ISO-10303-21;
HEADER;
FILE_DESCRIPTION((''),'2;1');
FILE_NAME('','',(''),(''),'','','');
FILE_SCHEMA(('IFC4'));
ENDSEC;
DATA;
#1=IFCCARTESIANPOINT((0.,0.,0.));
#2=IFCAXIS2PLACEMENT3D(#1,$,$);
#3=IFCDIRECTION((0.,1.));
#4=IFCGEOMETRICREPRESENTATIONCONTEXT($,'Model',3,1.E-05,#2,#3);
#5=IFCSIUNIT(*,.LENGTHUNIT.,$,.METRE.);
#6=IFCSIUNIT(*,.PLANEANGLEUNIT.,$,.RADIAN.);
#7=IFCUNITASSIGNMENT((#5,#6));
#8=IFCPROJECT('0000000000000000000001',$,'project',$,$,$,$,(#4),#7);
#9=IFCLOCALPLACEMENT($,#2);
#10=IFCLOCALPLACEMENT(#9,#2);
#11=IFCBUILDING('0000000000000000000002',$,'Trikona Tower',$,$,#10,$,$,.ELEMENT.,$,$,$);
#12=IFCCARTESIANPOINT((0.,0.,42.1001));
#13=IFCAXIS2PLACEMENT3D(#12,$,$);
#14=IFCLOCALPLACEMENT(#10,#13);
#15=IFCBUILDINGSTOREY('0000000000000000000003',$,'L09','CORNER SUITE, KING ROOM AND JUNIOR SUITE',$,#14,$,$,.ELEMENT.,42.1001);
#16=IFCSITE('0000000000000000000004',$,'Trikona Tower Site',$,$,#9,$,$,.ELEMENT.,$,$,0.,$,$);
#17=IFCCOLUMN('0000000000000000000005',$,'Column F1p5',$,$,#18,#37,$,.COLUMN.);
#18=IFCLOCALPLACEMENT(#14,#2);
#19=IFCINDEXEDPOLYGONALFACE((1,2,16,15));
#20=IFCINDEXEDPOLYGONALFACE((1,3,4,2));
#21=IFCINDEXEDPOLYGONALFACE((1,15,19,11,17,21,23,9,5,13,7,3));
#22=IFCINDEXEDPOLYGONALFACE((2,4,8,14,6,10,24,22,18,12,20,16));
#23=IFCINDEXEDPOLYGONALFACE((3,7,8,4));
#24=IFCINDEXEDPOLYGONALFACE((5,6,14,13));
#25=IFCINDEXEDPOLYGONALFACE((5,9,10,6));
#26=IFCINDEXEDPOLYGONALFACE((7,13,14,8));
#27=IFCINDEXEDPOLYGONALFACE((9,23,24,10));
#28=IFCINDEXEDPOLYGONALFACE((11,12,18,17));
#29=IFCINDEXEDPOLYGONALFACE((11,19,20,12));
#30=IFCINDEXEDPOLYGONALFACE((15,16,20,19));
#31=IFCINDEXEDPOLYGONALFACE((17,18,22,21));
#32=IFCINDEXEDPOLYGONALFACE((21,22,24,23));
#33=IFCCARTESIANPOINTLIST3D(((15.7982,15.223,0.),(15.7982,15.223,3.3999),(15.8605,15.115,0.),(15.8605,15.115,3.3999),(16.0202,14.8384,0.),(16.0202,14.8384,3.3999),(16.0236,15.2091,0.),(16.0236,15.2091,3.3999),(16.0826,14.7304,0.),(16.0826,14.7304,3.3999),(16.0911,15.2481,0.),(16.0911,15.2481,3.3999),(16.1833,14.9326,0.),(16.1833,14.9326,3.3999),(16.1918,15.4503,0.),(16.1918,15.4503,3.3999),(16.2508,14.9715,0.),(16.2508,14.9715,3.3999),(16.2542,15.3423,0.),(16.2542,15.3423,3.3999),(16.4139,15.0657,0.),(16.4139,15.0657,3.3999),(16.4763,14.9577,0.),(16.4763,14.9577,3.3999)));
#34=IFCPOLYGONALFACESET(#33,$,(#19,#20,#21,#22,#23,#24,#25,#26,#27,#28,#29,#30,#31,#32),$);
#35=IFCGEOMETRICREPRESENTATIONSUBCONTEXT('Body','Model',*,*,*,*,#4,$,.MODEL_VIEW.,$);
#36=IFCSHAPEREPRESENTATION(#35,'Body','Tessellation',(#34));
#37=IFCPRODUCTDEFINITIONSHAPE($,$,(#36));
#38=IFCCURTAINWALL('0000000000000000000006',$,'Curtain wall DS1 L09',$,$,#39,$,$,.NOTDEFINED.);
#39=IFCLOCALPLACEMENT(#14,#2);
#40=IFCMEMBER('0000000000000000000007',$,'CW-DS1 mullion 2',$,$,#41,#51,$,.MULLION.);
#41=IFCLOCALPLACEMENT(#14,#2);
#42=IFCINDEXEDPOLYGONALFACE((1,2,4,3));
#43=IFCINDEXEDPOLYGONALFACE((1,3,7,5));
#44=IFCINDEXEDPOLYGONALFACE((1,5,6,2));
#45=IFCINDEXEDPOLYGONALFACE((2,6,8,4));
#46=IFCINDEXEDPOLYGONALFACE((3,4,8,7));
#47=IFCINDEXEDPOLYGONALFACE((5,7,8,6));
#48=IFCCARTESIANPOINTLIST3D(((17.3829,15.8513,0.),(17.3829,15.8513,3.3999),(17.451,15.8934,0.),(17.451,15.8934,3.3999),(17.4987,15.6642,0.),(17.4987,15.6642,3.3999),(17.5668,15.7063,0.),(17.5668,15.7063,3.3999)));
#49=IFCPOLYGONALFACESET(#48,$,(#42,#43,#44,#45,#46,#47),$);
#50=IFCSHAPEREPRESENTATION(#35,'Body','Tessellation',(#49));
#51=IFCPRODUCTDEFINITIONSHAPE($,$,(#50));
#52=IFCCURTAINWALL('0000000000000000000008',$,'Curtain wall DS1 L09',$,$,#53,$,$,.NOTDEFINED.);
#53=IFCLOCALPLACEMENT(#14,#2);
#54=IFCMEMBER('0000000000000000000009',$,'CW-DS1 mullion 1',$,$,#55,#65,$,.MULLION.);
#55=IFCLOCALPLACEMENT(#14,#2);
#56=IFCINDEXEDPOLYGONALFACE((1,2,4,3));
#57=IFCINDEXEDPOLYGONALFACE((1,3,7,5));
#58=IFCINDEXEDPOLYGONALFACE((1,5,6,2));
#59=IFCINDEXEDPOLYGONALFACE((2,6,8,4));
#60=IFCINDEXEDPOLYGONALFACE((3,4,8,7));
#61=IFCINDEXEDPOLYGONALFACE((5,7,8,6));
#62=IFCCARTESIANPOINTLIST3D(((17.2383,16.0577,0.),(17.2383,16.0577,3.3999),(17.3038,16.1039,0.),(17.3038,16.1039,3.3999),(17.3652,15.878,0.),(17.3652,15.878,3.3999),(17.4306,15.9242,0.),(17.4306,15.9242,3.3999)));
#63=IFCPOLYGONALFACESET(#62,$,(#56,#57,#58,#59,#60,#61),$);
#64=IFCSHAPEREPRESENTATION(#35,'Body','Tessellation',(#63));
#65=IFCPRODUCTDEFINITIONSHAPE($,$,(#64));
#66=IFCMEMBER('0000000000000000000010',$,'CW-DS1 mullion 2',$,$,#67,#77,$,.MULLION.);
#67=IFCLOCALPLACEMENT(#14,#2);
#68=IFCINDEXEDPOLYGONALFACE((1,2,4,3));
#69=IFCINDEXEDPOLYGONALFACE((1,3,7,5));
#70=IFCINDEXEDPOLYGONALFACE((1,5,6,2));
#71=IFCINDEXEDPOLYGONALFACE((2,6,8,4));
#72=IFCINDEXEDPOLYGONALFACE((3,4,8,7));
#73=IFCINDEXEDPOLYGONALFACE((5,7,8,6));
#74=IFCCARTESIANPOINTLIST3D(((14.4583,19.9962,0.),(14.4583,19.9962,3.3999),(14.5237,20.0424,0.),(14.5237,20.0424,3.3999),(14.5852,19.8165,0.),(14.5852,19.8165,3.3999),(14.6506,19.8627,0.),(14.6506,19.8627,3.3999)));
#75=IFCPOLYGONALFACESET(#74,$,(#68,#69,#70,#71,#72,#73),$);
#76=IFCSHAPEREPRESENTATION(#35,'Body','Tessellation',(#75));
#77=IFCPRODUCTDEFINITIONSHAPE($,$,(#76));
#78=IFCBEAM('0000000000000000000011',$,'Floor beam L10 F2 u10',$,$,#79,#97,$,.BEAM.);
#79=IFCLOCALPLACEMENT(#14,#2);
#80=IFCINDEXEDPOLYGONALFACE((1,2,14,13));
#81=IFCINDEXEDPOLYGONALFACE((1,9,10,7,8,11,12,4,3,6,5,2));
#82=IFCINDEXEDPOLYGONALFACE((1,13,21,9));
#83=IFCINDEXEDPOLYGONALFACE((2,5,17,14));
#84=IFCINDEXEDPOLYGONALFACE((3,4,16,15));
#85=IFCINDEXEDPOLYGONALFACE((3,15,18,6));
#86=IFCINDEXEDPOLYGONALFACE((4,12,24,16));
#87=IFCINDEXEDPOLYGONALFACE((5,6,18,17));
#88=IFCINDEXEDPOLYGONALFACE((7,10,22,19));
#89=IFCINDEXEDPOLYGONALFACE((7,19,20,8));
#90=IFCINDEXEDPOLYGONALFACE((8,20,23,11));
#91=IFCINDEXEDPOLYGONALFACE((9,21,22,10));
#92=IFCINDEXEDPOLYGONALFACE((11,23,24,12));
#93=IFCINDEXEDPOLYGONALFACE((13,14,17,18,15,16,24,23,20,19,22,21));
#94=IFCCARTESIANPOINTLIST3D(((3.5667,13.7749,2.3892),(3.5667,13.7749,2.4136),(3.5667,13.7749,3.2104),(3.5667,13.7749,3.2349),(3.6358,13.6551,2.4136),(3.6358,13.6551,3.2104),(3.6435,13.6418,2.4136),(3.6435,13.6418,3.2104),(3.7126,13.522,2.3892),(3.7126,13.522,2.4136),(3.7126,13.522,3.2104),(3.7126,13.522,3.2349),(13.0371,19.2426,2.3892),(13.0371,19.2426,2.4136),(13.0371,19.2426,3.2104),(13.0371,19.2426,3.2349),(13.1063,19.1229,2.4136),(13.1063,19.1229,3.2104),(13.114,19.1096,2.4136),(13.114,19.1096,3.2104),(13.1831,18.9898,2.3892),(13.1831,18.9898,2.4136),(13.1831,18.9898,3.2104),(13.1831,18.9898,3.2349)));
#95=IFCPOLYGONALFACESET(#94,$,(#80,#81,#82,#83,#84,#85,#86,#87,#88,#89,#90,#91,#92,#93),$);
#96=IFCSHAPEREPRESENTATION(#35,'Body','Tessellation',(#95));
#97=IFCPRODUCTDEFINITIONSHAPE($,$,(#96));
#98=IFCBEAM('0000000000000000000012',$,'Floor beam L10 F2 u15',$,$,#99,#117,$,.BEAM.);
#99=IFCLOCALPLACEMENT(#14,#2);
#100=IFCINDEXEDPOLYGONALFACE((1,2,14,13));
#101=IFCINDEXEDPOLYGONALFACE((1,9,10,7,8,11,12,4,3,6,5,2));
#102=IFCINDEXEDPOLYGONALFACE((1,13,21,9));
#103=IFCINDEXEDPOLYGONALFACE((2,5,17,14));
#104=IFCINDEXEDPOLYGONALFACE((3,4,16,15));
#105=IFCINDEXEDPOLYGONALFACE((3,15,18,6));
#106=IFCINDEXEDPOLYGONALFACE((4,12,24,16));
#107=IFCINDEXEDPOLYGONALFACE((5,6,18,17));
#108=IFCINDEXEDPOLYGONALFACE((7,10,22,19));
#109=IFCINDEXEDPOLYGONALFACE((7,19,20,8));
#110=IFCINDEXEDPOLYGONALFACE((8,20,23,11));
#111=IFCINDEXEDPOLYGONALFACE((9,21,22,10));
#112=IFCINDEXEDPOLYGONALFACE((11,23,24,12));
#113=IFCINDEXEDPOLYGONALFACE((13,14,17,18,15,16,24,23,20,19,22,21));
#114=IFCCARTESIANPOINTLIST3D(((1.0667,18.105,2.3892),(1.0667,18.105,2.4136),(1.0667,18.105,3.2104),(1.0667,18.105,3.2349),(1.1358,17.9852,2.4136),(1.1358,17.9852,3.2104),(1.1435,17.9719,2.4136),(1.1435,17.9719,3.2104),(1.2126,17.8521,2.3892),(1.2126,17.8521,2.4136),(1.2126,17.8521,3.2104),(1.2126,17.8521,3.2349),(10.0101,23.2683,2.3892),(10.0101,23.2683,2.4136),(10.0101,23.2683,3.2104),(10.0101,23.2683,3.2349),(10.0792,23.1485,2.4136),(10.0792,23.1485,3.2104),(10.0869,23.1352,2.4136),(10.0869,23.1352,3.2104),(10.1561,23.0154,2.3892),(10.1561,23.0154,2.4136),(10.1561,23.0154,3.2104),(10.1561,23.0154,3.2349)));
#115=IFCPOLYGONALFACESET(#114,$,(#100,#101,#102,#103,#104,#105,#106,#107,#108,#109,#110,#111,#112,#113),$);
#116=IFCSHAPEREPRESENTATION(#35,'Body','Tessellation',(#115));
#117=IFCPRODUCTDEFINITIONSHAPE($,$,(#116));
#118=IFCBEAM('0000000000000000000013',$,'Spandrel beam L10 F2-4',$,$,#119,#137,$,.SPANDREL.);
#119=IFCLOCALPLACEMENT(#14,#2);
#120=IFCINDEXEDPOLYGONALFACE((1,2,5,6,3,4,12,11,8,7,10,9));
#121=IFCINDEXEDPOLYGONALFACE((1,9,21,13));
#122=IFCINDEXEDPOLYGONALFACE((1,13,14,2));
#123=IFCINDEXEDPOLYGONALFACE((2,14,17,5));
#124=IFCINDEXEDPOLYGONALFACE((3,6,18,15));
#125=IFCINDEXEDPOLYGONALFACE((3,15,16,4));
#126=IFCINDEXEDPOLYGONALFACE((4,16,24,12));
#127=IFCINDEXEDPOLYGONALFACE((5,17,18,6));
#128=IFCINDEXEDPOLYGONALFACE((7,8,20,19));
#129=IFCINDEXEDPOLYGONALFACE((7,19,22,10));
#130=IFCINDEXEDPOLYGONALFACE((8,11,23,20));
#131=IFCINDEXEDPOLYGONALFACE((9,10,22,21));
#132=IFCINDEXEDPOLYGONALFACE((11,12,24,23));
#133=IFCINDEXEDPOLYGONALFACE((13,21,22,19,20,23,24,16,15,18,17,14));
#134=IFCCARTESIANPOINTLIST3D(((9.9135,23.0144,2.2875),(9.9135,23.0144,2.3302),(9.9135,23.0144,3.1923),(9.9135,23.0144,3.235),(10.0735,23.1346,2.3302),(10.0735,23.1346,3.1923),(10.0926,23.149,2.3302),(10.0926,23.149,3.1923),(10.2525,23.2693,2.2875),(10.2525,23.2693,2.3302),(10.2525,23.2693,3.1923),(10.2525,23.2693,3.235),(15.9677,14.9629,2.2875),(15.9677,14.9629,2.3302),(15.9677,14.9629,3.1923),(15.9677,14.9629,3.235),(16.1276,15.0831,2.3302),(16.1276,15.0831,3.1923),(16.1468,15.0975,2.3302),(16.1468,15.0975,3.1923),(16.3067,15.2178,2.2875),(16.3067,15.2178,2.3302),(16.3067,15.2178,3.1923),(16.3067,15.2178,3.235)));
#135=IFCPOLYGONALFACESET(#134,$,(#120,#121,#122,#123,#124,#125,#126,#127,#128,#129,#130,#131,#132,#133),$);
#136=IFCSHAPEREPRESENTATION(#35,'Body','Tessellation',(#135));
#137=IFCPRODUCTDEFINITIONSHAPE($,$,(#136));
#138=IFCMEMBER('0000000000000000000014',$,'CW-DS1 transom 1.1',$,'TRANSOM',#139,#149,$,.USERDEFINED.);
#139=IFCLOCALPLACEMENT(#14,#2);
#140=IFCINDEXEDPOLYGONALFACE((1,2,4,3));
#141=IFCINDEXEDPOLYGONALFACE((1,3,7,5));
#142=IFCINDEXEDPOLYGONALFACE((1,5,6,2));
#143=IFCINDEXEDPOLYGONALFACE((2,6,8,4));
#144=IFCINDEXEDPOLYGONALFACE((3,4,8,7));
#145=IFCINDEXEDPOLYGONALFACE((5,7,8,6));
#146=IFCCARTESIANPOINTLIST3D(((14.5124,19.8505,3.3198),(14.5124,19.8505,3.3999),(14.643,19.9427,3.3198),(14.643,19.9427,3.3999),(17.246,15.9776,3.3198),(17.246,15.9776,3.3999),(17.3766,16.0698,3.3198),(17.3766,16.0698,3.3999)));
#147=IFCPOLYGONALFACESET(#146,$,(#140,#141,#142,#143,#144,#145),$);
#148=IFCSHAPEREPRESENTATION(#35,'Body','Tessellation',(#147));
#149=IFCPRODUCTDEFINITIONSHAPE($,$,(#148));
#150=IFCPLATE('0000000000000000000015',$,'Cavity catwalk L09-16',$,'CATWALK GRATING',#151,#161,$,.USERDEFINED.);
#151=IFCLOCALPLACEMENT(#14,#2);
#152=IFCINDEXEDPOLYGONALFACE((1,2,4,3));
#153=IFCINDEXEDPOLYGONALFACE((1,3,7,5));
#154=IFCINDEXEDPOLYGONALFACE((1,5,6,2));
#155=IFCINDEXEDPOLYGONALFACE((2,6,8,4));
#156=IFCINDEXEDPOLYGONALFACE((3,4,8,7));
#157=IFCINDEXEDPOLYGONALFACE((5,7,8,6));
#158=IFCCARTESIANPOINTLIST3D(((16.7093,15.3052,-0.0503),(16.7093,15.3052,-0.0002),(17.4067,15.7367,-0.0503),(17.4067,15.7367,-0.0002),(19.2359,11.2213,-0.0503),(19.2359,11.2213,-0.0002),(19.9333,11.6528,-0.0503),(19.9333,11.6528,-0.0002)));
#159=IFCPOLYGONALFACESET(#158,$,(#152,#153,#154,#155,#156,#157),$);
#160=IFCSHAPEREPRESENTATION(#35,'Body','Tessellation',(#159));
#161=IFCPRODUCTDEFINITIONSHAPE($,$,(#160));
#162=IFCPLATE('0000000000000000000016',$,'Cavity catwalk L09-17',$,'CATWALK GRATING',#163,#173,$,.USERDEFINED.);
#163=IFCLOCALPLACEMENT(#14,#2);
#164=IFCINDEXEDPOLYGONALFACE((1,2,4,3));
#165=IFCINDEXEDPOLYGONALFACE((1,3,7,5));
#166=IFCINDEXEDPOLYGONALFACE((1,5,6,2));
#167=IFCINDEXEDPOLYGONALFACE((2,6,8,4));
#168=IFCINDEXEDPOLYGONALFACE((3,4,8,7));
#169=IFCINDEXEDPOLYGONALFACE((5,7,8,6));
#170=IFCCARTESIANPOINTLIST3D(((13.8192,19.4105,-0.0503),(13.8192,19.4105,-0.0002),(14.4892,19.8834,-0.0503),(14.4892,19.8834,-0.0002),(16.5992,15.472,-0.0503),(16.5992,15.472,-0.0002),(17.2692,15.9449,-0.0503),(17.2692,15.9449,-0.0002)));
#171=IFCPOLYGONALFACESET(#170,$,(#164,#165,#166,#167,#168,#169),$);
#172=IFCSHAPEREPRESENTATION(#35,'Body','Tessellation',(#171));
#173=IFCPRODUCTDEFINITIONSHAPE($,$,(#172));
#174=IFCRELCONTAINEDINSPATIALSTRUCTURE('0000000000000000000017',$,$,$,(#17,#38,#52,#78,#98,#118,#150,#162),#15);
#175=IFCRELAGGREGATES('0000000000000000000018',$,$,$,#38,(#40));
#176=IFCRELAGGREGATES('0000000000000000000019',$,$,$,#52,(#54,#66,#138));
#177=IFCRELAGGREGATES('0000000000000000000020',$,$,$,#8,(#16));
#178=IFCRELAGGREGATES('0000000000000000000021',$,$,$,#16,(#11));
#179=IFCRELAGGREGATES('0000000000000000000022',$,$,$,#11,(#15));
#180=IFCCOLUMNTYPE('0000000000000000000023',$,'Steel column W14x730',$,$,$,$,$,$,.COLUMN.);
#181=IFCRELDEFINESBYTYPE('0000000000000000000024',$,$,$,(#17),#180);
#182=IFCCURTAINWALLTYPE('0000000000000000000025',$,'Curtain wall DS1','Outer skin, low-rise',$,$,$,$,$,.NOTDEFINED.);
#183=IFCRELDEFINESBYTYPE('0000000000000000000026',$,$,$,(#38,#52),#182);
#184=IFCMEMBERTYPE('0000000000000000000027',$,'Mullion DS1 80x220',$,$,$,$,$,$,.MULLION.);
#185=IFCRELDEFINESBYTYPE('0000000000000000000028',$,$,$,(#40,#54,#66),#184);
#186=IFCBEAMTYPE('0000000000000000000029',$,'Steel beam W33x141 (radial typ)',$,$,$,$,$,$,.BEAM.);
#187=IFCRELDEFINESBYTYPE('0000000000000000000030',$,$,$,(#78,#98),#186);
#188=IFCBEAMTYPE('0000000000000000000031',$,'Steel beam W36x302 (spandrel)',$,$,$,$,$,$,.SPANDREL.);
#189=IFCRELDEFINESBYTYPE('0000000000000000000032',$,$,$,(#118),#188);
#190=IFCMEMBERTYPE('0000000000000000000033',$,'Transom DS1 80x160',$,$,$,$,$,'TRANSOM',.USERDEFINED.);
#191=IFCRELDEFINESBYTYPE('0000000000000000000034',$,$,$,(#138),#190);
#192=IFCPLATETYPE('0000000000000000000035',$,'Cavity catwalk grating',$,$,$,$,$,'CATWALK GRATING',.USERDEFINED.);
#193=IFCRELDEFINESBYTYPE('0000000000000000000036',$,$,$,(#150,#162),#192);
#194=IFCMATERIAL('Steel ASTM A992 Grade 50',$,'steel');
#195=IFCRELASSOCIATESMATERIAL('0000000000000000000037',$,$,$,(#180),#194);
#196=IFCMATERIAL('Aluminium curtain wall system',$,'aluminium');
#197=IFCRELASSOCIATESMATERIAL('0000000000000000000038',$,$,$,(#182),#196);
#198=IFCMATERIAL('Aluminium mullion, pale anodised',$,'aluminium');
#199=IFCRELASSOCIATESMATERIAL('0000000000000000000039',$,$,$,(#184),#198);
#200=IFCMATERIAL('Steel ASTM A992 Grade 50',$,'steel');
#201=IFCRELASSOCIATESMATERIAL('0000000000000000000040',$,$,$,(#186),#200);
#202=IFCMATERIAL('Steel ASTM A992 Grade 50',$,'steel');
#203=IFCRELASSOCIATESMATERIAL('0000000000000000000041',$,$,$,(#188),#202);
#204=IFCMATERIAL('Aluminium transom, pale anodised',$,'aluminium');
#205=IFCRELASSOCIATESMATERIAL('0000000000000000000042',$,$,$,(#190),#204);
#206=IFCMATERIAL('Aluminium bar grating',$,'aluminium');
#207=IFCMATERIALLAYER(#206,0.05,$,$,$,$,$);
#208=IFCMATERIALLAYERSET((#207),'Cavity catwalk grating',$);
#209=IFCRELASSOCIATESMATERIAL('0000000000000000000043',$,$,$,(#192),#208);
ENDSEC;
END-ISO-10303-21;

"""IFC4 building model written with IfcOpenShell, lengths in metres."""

from ifc_helpers import new_model, si_unit, direction, frame, origin, origin_2d, place, context, subcontext, project, spatial, rectangle, i_section, extrude, material, layer, layer_set, material_profile, profile_set, type_object, element, aggregate, save


model = new_model("IFC4")

# Units and contexts
model_context = context("Model", 3, precision=1e-05, world=origin(), true_north=direction((0.0, 1.0)))
body_context = subcontext(model_context, "Body", "Model", "MODEL_VIEW")
ifc_project = project(units=[si_unit("LENGTHUNIT", "METRE"), si_unit("PLANEANGLEUNIT", "RADIAN")], contexts=[model_context])

# Site, building, storey
site_placement = place(None, origin())
site = spatial("IfcSite", under=ifc_project, at=site_placement, Name="Trikona Tower Site", CompositionType="ELEMENT", RefElevation=0.0)
building_placement = place(site_placement, origin())
building = spatial("IfcBuilding", under=site, at=building_placement, Name="Trikona Tower", CompositionType="ELEMENT")
storey_placement = place(building_placement, frame((0.0, 0.0, 42.1001)))
storey = spatial("IfcBuildingStorey", under=building, at=storey_placement, Name="L09", Description="CORNER SUITE, KING ROOM AND JUNIOR SUITE", CompositionType="ELEMENT", Elevation=42.1001)

# Column
ifc_material_1 = material(Name="Steel ASTM A992 Grade 50", Category="steel")
ifc_material_profile_1 = material_profile(ifc_material_1, i_section(OverallWidth=0.4546, OverallDepth=0.5688, WebThickness=0.0779, FlangeThickness=0.1248, at=origin_2d()), Name="W14X730")
ifc_profile_set_1 = profile_set([ifc_material_profile_1], Name="Steel ASTM A992 Grade 50")
column_type = type_object("IfcColumnType", Name="Steel column W14x730", PredefinedType="COLUMN", material=ifc_profile_set_1)
column_placement = place(storey_placement, frame((16.1372, 15.0903, 0.0), z_axis=(0.0, 0.0, 1.0), x_axis=(0.866025, 0.5, 0.0)))
element("IfcColumn", 1, at=column_placement, inside=storey, type_object=column_type, Name="Column F1p5", PredefinedType="COLUMN", context=body_context, shape_type="SweptSolid", body=[
    extrude(i_section(OverallWidth=0.4546, OverallDepth=0.5688, WebThickness=0.0779, FlangeThickness=0.1248, at=origin_2d()), origin(), (0.0, 0.0, 1.0), 3.3999),
])

# Curtain wall, member
ifc_material_2 = material(Name="Aluminium curtain wall system", Category="aluminium")
curtain_wall_type = type_object("IfcCurtainWallType", Name="Curtain wall DS1", Description="Outer skin, low-rise", PredefinedType="NOTDEFINED", material=ifc_material_2)
curtain_wall_1_placement = place(storey_placement, origin())
curtain_wall_1 = element("IfcCurtainWall", 2, at=curtain_wall_1_placement, inside=storey, type_object=curtain_wall_type, Name="Curtain wall DS1 L09", PredefinedType="NOTDEFINED")
ifc_material_3 = material(Name="Aluminium mullion, pale anodised", Category="aluminium")
ifc_material_profile_2 = material_profile(ifc_material_3, rectangle(XDim=0.0801, YDim=0.22, at=origin_2d()), Name="MUL-DS1")
ifc_profile_set_2 = profile_set([ifc_material_profile_2], Name="Aluminium mullion, pale anodised")
member_type_1 = type_object("IfcMemberType", Name="Mullion DS1 80x220", PredefinedType="MULLION", material=ifc_profile_set_2)
member_1_placement = place(storey_placement, frame((17.4749, 15.7788, 0.0), z_axis=(0.0, 0.0, 1.0), x_axis=(-0.85041, -0.52612, 0.0)))
member_1 = element("IfcMember", 3, at=member_1_placement, type_object=member_type_1, Name="CW-DS1 mullion 2", PredefinedType="MULLION", context=body_context, shape_type="SweptSolid", body=[
    extrude(rectangle(XDim=0.0801, YDim=0.22, at=origin_2d()), origin(), (0.0, 0.0, 1.0), 3.3999),
])

# Curtain wall, members
curtain_wall_2_placement = place(storey_placement, origin())
curtain_wall_2 = element("IfcCurtainWall", 4, at=curtain_wall_2_placement, inside=storey, type_object=curtain_wall_type, Name="Curtain wall DS1 L09", PredefinedType="NOTDEFINED")
member_2_placement = place(storey_placement, frame((17.3345, 15.991, 0.0), z_axis=(0.0, 0.0, 1.0), x_axis=(-0.816985, -0.576658, 0.0)))
member_2 = element("IfcMember", 5, at=member_2_placement, type_object=member_type_1, Name="CW-DS1 mullion 1", PredefinedType="MULLION", context=body_context, shape_type="SweptSolid", body=[
    extrude(rectangle(XDim=0.0801, YDim=0.22, at=origin_2d()), origin(), (0.0, 0.0, 1.0), 3.3999),
])
member_3_placement = place(storey_placement, frame((14.5544, 19.9294, 0.0), z_axis=(0.0, 0.0, 1.0), x_axis=(-0.816985, -0.576658, 0.0)))
member_3 = element("IfcMember", 6, at=member_3_placement, type_object=member_type_1, Name="CW-DS1 mullion 2", PredefinedType="MULLION", context=body_context, shape_type="SweptSolid", body=[
    extrude(rectangle(XDim=0.0801, YDim=0.22, at=origin_2d()), origin(), (0.0, 0.0, 1.0), 3.3999),
])

# Beams
ifc_material_4 = material(Name="Steel ASTM A992 Grade 50", Category="steel")
ifc_material_profile_3 = material_profile(ifc_material_4, i_section(OverallWidth=0.292, OverallDepth=0.8457, WebThickness=0.0154, FlangeThickness=0.0244, at=origin_2d()), Name="W33X141")
ifc_profile_set_3 = profile_set([ifc_material_profile_3], Name="Steel ASTM A992 Grade 50")
beam_type_1 = type_object("IfcBeamType", Name="Steel beam W33x141 (radial typ)", PredefinedType="BEAM", material=ifc_profile_set_3)
beam_1_placement = place(storey_placement, frame((3.6396, 13.6484, 2.812), z_axis=(0.866025, 0.5, 0.0), x_axis=(-0.5, 0.866025, 0.0)))
element("IfcBeam", 7, at=beam_1_placement, inside=storey, type_object=beam_type_1, Name="Floor beam L10 F2 u10", PredefinedType="BEAM", context=body_context, shape_type="SweptSolid", body=[
    extrude(i_section(OverallWidth=0.292, OverallDepth=0.8457, WebThickness=0.0154, FlangeThickness=0.0244, at=origin_2d()), origin(), (0.0, 0.0, 1.0), 10.9355),
])
beam_2_placement = place(storey_placement, frame((1.1396, 17.9785, 2.812), z_axis=(0.86603, 0.499991, 0.0), x_axis=(-0.499991, 0.86603, 0.0)))
element("IfcBeam", 8, at=beam_2_placement, inside=storey, type_object=beam_type_1, Name="Floor beam L10 F2 u15", PredefinedType="BEAM", context=body_context, shape_type="SweptSolid", body=[
    extrude(i_section(OverallWidth=0.292, OverallDepth=0.8457, WebThickness=0.0154, FlangeThickness=0.0244, at=origin_2d()), origin(), (0.0, 0.0, 1.0), 10.3269),
])
ifc_material_5 = material(Name="Steel ASTM A992 Grade 50", Category="steel")
ifc_material_profile_4 = material_profile(ifc_material_5, i_section(OverallWidth=0.4241, OverallDepth=0.9475, WebThickness=0.0239, FlangeThickness=0.0427, at=origin_2d()), Name="W36X302")
ifc_profile_set_4 = profile_set([ifc_material_profile_4], Name="Steel ASTM A992 Grade 50")
beam_type_2 = type_object("IfcBeamType", Name="Steel beam W36x302 (spandrel)", PredefinedType="SPANDREL", material=ifc_profile_set_4)
beam_3_placement = place(storey_placement, frame((16.1372, 15.0903, 2.7612), z_axis=(-0.600988, 0.799258, 0.0), x_axis=(-0.799258, -0.600988, 0.0)))
element("IfcBeam", 9, at=beam_3_placement, inside=storey, type_object=beam_type_2, Name="Spandrel beam L10 F2-4", PredefinedType="SPANDREL", context=body_context, shape_type="SweptSolid", body=[
    extrude(i_section(OverallWidth=0.4241, OverallDepth=0.9475, WebThickness=0.0239, FlangeThickness=0.0427, at=origin_2d()), origin(), (0.0, 0.0, 1.0), 10.0737),
])

# Member
ifc_material_6 = material(Name="Aluminium transom, pale anodised", Category="aluminium")
ifc_material_profile_5 = material_profile(ifc_material_6, rectangle(XDim=0.1599, YDim=0.0801, at=origin_2d()), Name="TRN-DS1")
ifc_profile_set_5 = profile_set([ifc_material_profile_5], Name="Aluminium transom, pale anodised")
member_type_2 = type_object("IfcMemberType", Name="Transom DS1 80x160", ElementType="TRANSOM", PredefinedType="USERDEFINED", material=ifc_profile_set_5)
member_4_placement = place(storey_placement, frame((17.3113, 16.0237, 3.3599), z_axis=(-0.576645, 0.816995, 0.0), x_axis=(-0.816995, -0.576645, 0.0)))
member_4 = element("IfcMember", 10, at=member_4_placement, type_object=member_type_2, Name="CW-DS1 transom 1.1", ObjectType="TRANSOM", PredefinedType="USERDEFINED", context=body_context, shape_type="SweptSolid", body=[
    extrude(rectangle(XDim=0.1599, YDim=0.0801, at=origin_2d()), origin(), (0.0, 0.0, 1.0), 4.7405),
])

# Plates
ifc_material_7 = material(Name="Aluminium bar grating", Category="aluminium")
ifc_layer_1 = layer(ifc_material_7, 0.05)
ifc_layer_set_1 = layer_set([ifc_layer_1], Name="Cavity catwalk grating")
plate_type_1 = type_object("IfcPlateType", Name="Cavity catwalk grating", ElementType="CATWALK GRATING", PredefinedType="USERDEFINED", material=ifc_layer_set_1)
plate_1_placement = place(storey_placement, frame((18.3213, 13.479, -0.0503), z_axis=(0.0, 0.0, 1.0), x_axis=(-0.526119, 0.850411, 0.0)))
element("IfcPlate", 11, at=plate_1_placement, inside=storey, type_object=plate_type_1, Name="Cavity catwalk L09-16", ObjectType="CATWALK GRATING", PredefinedType="USERDEFINED", context=body_context, shape_type="SweptSolid", body=[
    extrude(rectangle(XDim=4.8022, YDim=0.8201, at=origin_2d()), origin(), (0.0, 0.0, 1.0), 0.05),
])
plate_2_placement = place(storey_placement, frame((15.5442, 17.6777, -0.0503), z_axis=(0.0, 0.0, 1.0), x_axis=(-0.576662, 0.816983, 0.0)))
element("IfcPlate", 12, at=plate_2_placement, inside=storey, type_object=plate_type_1, Name="Cavity catwalk L09-17", ObjectType="CATWALK GRATING", PredefinedType="USERDEFINED", context=body_context, shape_type="SweptSolid", body=[
    extrude(rectangle(XDim=4.8208, YDim=0.8201, at=origin_2d()), origin(), (0.0, 0.0, 1.0), 0.05),
])

aggregate(curtain_wall_1, [member_1])
aggregate(curtain_wall_2, [member_2, member_3, member_4])

save(model, "model.ifc")
